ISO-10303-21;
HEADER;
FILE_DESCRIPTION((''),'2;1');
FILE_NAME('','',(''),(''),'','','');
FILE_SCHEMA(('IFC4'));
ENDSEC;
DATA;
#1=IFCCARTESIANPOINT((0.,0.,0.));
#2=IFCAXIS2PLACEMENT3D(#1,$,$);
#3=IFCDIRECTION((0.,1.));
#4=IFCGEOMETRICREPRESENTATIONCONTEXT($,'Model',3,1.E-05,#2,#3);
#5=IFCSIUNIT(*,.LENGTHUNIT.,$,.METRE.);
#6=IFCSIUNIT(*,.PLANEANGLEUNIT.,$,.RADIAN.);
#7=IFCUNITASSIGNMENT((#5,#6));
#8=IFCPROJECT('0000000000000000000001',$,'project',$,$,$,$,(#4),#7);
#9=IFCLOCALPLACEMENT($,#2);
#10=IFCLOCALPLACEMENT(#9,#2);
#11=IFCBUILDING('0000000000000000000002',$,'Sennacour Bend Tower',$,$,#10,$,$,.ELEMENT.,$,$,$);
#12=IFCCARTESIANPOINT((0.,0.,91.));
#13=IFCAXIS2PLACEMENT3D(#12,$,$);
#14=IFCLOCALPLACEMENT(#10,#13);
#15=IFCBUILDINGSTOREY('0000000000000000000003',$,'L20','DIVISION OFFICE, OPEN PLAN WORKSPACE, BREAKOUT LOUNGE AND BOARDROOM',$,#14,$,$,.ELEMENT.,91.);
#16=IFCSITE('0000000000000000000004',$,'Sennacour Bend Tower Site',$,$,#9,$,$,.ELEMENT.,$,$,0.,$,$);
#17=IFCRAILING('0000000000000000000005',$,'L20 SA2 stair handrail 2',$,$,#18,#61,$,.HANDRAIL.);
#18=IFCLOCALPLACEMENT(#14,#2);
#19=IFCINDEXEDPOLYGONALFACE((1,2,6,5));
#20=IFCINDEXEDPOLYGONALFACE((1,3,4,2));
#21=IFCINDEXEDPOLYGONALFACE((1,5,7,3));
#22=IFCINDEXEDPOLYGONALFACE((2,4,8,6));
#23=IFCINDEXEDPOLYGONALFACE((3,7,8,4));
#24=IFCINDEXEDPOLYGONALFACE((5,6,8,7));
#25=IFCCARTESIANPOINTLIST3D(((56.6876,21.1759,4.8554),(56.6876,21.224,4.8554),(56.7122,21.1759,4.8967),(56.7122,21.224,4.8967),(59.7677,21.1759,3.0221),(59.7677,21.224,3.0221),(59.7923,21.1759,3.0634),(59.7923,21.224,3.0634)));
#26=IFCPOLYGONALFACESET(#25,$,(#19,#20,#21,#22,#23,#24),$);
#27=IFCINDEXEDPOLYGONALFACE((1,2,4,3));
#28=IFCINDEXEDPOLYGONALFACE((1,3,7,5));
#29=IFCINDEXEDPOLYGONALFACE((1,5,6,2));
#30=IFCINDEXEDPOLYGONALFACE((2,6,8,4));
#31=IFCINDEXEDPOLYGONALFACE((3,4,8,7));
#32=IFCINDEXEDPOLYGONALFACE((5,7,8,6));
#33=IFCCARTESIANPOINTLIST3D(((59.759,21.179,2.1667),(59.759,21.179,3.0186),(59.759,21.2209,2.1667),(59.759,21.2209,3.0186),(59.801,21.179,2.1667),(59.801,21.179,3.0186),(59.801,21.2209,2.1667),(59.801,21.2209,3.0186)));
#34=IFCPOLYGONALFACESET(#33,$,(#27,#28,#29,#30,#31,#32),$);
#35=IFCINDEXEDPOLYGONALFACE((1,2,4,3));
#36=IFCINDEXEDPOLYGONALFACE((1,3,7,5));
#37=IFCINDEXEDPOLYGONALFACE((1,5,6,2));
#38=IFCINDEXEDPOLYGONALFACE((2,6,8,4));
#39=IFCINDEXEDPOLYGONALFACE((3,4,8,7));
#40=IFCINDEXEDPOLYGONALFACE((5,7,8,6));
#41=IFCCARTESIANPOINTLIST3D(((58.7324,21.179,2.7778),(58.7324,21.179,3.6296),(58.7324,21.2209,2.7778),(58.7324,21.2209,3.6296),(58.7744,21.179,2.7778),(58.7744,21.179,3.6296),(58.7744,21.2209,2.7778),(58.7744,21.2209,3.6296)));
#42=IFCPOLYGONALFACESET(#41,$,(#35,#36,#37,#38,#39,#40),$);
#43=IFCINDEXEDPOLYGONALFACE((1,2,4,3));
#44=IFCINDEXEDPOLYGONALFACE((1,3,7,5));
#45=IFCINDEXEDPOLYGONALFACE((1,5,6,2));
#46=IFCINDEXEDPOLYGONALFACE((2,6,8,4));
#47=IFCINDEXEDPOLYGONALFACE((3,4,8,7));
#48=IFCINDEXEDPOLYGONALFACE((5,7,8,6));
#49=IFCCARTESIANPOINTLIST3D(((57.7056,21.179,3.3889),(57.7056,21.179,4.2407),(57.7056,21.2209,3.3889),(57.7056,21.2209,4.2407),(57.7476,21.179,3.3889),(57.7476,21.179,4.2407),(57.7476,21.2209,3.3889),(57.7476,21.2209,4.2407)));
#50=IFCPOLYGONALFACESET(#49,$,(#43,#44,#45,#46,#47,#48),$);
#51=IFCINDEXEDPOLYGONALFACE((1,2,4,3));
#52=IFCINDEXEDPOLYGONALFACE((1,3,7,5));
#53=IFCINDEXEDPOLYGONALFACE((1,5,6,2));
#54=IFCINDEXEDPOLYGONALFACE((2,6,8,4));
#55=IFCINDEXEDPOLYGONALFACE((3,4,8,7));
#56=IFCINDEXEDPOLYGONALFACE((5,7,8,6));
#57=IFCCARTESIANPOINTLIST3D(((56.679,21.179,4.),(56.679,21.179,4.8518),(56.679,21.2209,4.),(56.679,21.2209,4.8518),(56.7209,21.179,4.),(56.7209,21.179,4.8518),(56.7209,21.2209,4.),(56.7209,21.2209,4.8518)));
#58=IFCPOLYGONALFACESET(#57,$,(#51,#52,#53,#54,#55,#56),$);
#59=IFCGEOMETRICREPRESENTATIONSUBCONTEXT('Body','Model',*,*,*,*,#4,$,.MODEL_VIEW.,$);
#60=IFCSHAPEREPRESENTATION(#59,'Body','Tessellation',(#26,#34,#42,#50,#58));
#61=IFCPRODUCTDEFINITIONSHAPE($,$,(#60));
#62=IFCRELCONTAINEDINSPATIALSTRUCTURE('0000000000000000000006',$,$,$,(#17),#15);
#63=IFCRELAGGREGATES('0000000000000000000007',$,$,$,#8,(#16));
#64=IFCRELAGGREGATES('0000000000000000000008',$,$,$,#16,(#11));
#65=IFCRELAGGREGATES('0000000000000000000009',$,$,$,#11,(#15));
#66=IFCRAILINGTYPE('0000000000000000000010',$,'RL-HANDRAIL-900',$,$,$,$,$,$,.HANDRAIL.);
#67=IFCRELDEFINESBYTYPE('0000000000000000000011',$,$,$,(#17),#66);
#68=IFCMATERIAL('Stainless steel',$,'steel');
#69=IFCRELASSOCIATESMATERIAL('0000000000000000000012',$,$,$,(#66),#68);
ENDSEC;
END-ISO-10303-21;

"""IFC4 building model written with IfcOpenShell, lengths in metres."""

from ifc_helpers import new_model, si_unit, direction, frame, origin, origin_2d, place, context, subcontext, project, spatial, rectangle, extrude, material, type_object, element, save


model = new_model("IFC4")

# Units and contexts
model_context = context("Model", 3, precision=1e-05, world=origin(), true_north=direction((0.0, 1.0)))
body_context = subcontext(model_context, "Body", "Model", "MODEL_VIEW")
ifc_project = project(units=[si_unit("LENGTHUNIT", "METRE"), si_unit("PLANEANGLEUNIT", "RADIAN")], contexts=[model_context])

# Site, building, storey
site_placement = place(None, origin())
site = spatial("IfcSite", under=ifc_project, at=site_placement, Name="Sennacour Bend Tower Site", CompositionType="ELEMENT", RefElevation=0.0)
building_placement = place(site_placement, origin())
building = spatial("IfcBuilding", under=site, at=building_placement, Name="Sennacour Bend Tower", CompositionType="ELEMENT")
storey_placement = place(building_placement, frame((0.0, 0.0, 91.0)))
storey = spatial("IfcBuildingStorey", under=building, at=storey_placement, Name="L20", Description="DIVISION OFFICE, OPEN PLAN WORKSPACE, BREAKOUT LOUNGE AND BOARDROOM", CompositionType="ELEMENT", Elevation=91.0)

# Shared definitions
ifc_material_1 = material(Name="Stainless steel", Category="steel")

# Railing
railing_type_1 = type_object("IfcRailingType", Name="RL-HANDRAIL-900", PredefinedType="HANDRAIL", material=ifc_material_1)
railing_1_placement = place(storey_placement, frame((59.78, 21.2, 2.1667)))
element("IfcRailing", 1, at=railing_1_placement, inside=storey, type_object=railing_type_1, Name="L20 SA2 stair handrail 2", PredefinedType="HANDRAIL", context=body_context, shape_type="SweptSolid", body=[
    extrude(rectangle(XDim=0.0481, YDim=0.0481, at=origin_2d()), frame((0.0, 0.0, 0.876), z_axis=(-0.859309, 0.0, 0.511458), x_axis=(0.0, -1.0, 0.0)), (0.0, 0.0, 1.0), 3.5845),
    extrude(rectangle(XDim=0.042, YDim=0.042, at=origin_2d()), origin(), (0.0, 0.0, 1.0), 0.8518),
    extrude(rectangle(XDim=0.042, YDim=0.042, at=origin_2d()), frame((-1.0266, 0.0, 0.6111)), (0.0, 0.0, 1.0), 0.8518),
    extrude(rectangle(XDim=0.042, YDim=0.042, at=origin_2d()), frame((-2.0535, 0.0, 1.2222)), (0.0, 0.0, 1.0), 0.8518),
    extrude(rectangle(XDim=0.042, YDim=0.042, at=origin_2d()), frame((-3.0801, 0.0, 1.8333)), (0.0, 0.0, 1.0), 0.8518),
])

save(model, "model.ifc")
